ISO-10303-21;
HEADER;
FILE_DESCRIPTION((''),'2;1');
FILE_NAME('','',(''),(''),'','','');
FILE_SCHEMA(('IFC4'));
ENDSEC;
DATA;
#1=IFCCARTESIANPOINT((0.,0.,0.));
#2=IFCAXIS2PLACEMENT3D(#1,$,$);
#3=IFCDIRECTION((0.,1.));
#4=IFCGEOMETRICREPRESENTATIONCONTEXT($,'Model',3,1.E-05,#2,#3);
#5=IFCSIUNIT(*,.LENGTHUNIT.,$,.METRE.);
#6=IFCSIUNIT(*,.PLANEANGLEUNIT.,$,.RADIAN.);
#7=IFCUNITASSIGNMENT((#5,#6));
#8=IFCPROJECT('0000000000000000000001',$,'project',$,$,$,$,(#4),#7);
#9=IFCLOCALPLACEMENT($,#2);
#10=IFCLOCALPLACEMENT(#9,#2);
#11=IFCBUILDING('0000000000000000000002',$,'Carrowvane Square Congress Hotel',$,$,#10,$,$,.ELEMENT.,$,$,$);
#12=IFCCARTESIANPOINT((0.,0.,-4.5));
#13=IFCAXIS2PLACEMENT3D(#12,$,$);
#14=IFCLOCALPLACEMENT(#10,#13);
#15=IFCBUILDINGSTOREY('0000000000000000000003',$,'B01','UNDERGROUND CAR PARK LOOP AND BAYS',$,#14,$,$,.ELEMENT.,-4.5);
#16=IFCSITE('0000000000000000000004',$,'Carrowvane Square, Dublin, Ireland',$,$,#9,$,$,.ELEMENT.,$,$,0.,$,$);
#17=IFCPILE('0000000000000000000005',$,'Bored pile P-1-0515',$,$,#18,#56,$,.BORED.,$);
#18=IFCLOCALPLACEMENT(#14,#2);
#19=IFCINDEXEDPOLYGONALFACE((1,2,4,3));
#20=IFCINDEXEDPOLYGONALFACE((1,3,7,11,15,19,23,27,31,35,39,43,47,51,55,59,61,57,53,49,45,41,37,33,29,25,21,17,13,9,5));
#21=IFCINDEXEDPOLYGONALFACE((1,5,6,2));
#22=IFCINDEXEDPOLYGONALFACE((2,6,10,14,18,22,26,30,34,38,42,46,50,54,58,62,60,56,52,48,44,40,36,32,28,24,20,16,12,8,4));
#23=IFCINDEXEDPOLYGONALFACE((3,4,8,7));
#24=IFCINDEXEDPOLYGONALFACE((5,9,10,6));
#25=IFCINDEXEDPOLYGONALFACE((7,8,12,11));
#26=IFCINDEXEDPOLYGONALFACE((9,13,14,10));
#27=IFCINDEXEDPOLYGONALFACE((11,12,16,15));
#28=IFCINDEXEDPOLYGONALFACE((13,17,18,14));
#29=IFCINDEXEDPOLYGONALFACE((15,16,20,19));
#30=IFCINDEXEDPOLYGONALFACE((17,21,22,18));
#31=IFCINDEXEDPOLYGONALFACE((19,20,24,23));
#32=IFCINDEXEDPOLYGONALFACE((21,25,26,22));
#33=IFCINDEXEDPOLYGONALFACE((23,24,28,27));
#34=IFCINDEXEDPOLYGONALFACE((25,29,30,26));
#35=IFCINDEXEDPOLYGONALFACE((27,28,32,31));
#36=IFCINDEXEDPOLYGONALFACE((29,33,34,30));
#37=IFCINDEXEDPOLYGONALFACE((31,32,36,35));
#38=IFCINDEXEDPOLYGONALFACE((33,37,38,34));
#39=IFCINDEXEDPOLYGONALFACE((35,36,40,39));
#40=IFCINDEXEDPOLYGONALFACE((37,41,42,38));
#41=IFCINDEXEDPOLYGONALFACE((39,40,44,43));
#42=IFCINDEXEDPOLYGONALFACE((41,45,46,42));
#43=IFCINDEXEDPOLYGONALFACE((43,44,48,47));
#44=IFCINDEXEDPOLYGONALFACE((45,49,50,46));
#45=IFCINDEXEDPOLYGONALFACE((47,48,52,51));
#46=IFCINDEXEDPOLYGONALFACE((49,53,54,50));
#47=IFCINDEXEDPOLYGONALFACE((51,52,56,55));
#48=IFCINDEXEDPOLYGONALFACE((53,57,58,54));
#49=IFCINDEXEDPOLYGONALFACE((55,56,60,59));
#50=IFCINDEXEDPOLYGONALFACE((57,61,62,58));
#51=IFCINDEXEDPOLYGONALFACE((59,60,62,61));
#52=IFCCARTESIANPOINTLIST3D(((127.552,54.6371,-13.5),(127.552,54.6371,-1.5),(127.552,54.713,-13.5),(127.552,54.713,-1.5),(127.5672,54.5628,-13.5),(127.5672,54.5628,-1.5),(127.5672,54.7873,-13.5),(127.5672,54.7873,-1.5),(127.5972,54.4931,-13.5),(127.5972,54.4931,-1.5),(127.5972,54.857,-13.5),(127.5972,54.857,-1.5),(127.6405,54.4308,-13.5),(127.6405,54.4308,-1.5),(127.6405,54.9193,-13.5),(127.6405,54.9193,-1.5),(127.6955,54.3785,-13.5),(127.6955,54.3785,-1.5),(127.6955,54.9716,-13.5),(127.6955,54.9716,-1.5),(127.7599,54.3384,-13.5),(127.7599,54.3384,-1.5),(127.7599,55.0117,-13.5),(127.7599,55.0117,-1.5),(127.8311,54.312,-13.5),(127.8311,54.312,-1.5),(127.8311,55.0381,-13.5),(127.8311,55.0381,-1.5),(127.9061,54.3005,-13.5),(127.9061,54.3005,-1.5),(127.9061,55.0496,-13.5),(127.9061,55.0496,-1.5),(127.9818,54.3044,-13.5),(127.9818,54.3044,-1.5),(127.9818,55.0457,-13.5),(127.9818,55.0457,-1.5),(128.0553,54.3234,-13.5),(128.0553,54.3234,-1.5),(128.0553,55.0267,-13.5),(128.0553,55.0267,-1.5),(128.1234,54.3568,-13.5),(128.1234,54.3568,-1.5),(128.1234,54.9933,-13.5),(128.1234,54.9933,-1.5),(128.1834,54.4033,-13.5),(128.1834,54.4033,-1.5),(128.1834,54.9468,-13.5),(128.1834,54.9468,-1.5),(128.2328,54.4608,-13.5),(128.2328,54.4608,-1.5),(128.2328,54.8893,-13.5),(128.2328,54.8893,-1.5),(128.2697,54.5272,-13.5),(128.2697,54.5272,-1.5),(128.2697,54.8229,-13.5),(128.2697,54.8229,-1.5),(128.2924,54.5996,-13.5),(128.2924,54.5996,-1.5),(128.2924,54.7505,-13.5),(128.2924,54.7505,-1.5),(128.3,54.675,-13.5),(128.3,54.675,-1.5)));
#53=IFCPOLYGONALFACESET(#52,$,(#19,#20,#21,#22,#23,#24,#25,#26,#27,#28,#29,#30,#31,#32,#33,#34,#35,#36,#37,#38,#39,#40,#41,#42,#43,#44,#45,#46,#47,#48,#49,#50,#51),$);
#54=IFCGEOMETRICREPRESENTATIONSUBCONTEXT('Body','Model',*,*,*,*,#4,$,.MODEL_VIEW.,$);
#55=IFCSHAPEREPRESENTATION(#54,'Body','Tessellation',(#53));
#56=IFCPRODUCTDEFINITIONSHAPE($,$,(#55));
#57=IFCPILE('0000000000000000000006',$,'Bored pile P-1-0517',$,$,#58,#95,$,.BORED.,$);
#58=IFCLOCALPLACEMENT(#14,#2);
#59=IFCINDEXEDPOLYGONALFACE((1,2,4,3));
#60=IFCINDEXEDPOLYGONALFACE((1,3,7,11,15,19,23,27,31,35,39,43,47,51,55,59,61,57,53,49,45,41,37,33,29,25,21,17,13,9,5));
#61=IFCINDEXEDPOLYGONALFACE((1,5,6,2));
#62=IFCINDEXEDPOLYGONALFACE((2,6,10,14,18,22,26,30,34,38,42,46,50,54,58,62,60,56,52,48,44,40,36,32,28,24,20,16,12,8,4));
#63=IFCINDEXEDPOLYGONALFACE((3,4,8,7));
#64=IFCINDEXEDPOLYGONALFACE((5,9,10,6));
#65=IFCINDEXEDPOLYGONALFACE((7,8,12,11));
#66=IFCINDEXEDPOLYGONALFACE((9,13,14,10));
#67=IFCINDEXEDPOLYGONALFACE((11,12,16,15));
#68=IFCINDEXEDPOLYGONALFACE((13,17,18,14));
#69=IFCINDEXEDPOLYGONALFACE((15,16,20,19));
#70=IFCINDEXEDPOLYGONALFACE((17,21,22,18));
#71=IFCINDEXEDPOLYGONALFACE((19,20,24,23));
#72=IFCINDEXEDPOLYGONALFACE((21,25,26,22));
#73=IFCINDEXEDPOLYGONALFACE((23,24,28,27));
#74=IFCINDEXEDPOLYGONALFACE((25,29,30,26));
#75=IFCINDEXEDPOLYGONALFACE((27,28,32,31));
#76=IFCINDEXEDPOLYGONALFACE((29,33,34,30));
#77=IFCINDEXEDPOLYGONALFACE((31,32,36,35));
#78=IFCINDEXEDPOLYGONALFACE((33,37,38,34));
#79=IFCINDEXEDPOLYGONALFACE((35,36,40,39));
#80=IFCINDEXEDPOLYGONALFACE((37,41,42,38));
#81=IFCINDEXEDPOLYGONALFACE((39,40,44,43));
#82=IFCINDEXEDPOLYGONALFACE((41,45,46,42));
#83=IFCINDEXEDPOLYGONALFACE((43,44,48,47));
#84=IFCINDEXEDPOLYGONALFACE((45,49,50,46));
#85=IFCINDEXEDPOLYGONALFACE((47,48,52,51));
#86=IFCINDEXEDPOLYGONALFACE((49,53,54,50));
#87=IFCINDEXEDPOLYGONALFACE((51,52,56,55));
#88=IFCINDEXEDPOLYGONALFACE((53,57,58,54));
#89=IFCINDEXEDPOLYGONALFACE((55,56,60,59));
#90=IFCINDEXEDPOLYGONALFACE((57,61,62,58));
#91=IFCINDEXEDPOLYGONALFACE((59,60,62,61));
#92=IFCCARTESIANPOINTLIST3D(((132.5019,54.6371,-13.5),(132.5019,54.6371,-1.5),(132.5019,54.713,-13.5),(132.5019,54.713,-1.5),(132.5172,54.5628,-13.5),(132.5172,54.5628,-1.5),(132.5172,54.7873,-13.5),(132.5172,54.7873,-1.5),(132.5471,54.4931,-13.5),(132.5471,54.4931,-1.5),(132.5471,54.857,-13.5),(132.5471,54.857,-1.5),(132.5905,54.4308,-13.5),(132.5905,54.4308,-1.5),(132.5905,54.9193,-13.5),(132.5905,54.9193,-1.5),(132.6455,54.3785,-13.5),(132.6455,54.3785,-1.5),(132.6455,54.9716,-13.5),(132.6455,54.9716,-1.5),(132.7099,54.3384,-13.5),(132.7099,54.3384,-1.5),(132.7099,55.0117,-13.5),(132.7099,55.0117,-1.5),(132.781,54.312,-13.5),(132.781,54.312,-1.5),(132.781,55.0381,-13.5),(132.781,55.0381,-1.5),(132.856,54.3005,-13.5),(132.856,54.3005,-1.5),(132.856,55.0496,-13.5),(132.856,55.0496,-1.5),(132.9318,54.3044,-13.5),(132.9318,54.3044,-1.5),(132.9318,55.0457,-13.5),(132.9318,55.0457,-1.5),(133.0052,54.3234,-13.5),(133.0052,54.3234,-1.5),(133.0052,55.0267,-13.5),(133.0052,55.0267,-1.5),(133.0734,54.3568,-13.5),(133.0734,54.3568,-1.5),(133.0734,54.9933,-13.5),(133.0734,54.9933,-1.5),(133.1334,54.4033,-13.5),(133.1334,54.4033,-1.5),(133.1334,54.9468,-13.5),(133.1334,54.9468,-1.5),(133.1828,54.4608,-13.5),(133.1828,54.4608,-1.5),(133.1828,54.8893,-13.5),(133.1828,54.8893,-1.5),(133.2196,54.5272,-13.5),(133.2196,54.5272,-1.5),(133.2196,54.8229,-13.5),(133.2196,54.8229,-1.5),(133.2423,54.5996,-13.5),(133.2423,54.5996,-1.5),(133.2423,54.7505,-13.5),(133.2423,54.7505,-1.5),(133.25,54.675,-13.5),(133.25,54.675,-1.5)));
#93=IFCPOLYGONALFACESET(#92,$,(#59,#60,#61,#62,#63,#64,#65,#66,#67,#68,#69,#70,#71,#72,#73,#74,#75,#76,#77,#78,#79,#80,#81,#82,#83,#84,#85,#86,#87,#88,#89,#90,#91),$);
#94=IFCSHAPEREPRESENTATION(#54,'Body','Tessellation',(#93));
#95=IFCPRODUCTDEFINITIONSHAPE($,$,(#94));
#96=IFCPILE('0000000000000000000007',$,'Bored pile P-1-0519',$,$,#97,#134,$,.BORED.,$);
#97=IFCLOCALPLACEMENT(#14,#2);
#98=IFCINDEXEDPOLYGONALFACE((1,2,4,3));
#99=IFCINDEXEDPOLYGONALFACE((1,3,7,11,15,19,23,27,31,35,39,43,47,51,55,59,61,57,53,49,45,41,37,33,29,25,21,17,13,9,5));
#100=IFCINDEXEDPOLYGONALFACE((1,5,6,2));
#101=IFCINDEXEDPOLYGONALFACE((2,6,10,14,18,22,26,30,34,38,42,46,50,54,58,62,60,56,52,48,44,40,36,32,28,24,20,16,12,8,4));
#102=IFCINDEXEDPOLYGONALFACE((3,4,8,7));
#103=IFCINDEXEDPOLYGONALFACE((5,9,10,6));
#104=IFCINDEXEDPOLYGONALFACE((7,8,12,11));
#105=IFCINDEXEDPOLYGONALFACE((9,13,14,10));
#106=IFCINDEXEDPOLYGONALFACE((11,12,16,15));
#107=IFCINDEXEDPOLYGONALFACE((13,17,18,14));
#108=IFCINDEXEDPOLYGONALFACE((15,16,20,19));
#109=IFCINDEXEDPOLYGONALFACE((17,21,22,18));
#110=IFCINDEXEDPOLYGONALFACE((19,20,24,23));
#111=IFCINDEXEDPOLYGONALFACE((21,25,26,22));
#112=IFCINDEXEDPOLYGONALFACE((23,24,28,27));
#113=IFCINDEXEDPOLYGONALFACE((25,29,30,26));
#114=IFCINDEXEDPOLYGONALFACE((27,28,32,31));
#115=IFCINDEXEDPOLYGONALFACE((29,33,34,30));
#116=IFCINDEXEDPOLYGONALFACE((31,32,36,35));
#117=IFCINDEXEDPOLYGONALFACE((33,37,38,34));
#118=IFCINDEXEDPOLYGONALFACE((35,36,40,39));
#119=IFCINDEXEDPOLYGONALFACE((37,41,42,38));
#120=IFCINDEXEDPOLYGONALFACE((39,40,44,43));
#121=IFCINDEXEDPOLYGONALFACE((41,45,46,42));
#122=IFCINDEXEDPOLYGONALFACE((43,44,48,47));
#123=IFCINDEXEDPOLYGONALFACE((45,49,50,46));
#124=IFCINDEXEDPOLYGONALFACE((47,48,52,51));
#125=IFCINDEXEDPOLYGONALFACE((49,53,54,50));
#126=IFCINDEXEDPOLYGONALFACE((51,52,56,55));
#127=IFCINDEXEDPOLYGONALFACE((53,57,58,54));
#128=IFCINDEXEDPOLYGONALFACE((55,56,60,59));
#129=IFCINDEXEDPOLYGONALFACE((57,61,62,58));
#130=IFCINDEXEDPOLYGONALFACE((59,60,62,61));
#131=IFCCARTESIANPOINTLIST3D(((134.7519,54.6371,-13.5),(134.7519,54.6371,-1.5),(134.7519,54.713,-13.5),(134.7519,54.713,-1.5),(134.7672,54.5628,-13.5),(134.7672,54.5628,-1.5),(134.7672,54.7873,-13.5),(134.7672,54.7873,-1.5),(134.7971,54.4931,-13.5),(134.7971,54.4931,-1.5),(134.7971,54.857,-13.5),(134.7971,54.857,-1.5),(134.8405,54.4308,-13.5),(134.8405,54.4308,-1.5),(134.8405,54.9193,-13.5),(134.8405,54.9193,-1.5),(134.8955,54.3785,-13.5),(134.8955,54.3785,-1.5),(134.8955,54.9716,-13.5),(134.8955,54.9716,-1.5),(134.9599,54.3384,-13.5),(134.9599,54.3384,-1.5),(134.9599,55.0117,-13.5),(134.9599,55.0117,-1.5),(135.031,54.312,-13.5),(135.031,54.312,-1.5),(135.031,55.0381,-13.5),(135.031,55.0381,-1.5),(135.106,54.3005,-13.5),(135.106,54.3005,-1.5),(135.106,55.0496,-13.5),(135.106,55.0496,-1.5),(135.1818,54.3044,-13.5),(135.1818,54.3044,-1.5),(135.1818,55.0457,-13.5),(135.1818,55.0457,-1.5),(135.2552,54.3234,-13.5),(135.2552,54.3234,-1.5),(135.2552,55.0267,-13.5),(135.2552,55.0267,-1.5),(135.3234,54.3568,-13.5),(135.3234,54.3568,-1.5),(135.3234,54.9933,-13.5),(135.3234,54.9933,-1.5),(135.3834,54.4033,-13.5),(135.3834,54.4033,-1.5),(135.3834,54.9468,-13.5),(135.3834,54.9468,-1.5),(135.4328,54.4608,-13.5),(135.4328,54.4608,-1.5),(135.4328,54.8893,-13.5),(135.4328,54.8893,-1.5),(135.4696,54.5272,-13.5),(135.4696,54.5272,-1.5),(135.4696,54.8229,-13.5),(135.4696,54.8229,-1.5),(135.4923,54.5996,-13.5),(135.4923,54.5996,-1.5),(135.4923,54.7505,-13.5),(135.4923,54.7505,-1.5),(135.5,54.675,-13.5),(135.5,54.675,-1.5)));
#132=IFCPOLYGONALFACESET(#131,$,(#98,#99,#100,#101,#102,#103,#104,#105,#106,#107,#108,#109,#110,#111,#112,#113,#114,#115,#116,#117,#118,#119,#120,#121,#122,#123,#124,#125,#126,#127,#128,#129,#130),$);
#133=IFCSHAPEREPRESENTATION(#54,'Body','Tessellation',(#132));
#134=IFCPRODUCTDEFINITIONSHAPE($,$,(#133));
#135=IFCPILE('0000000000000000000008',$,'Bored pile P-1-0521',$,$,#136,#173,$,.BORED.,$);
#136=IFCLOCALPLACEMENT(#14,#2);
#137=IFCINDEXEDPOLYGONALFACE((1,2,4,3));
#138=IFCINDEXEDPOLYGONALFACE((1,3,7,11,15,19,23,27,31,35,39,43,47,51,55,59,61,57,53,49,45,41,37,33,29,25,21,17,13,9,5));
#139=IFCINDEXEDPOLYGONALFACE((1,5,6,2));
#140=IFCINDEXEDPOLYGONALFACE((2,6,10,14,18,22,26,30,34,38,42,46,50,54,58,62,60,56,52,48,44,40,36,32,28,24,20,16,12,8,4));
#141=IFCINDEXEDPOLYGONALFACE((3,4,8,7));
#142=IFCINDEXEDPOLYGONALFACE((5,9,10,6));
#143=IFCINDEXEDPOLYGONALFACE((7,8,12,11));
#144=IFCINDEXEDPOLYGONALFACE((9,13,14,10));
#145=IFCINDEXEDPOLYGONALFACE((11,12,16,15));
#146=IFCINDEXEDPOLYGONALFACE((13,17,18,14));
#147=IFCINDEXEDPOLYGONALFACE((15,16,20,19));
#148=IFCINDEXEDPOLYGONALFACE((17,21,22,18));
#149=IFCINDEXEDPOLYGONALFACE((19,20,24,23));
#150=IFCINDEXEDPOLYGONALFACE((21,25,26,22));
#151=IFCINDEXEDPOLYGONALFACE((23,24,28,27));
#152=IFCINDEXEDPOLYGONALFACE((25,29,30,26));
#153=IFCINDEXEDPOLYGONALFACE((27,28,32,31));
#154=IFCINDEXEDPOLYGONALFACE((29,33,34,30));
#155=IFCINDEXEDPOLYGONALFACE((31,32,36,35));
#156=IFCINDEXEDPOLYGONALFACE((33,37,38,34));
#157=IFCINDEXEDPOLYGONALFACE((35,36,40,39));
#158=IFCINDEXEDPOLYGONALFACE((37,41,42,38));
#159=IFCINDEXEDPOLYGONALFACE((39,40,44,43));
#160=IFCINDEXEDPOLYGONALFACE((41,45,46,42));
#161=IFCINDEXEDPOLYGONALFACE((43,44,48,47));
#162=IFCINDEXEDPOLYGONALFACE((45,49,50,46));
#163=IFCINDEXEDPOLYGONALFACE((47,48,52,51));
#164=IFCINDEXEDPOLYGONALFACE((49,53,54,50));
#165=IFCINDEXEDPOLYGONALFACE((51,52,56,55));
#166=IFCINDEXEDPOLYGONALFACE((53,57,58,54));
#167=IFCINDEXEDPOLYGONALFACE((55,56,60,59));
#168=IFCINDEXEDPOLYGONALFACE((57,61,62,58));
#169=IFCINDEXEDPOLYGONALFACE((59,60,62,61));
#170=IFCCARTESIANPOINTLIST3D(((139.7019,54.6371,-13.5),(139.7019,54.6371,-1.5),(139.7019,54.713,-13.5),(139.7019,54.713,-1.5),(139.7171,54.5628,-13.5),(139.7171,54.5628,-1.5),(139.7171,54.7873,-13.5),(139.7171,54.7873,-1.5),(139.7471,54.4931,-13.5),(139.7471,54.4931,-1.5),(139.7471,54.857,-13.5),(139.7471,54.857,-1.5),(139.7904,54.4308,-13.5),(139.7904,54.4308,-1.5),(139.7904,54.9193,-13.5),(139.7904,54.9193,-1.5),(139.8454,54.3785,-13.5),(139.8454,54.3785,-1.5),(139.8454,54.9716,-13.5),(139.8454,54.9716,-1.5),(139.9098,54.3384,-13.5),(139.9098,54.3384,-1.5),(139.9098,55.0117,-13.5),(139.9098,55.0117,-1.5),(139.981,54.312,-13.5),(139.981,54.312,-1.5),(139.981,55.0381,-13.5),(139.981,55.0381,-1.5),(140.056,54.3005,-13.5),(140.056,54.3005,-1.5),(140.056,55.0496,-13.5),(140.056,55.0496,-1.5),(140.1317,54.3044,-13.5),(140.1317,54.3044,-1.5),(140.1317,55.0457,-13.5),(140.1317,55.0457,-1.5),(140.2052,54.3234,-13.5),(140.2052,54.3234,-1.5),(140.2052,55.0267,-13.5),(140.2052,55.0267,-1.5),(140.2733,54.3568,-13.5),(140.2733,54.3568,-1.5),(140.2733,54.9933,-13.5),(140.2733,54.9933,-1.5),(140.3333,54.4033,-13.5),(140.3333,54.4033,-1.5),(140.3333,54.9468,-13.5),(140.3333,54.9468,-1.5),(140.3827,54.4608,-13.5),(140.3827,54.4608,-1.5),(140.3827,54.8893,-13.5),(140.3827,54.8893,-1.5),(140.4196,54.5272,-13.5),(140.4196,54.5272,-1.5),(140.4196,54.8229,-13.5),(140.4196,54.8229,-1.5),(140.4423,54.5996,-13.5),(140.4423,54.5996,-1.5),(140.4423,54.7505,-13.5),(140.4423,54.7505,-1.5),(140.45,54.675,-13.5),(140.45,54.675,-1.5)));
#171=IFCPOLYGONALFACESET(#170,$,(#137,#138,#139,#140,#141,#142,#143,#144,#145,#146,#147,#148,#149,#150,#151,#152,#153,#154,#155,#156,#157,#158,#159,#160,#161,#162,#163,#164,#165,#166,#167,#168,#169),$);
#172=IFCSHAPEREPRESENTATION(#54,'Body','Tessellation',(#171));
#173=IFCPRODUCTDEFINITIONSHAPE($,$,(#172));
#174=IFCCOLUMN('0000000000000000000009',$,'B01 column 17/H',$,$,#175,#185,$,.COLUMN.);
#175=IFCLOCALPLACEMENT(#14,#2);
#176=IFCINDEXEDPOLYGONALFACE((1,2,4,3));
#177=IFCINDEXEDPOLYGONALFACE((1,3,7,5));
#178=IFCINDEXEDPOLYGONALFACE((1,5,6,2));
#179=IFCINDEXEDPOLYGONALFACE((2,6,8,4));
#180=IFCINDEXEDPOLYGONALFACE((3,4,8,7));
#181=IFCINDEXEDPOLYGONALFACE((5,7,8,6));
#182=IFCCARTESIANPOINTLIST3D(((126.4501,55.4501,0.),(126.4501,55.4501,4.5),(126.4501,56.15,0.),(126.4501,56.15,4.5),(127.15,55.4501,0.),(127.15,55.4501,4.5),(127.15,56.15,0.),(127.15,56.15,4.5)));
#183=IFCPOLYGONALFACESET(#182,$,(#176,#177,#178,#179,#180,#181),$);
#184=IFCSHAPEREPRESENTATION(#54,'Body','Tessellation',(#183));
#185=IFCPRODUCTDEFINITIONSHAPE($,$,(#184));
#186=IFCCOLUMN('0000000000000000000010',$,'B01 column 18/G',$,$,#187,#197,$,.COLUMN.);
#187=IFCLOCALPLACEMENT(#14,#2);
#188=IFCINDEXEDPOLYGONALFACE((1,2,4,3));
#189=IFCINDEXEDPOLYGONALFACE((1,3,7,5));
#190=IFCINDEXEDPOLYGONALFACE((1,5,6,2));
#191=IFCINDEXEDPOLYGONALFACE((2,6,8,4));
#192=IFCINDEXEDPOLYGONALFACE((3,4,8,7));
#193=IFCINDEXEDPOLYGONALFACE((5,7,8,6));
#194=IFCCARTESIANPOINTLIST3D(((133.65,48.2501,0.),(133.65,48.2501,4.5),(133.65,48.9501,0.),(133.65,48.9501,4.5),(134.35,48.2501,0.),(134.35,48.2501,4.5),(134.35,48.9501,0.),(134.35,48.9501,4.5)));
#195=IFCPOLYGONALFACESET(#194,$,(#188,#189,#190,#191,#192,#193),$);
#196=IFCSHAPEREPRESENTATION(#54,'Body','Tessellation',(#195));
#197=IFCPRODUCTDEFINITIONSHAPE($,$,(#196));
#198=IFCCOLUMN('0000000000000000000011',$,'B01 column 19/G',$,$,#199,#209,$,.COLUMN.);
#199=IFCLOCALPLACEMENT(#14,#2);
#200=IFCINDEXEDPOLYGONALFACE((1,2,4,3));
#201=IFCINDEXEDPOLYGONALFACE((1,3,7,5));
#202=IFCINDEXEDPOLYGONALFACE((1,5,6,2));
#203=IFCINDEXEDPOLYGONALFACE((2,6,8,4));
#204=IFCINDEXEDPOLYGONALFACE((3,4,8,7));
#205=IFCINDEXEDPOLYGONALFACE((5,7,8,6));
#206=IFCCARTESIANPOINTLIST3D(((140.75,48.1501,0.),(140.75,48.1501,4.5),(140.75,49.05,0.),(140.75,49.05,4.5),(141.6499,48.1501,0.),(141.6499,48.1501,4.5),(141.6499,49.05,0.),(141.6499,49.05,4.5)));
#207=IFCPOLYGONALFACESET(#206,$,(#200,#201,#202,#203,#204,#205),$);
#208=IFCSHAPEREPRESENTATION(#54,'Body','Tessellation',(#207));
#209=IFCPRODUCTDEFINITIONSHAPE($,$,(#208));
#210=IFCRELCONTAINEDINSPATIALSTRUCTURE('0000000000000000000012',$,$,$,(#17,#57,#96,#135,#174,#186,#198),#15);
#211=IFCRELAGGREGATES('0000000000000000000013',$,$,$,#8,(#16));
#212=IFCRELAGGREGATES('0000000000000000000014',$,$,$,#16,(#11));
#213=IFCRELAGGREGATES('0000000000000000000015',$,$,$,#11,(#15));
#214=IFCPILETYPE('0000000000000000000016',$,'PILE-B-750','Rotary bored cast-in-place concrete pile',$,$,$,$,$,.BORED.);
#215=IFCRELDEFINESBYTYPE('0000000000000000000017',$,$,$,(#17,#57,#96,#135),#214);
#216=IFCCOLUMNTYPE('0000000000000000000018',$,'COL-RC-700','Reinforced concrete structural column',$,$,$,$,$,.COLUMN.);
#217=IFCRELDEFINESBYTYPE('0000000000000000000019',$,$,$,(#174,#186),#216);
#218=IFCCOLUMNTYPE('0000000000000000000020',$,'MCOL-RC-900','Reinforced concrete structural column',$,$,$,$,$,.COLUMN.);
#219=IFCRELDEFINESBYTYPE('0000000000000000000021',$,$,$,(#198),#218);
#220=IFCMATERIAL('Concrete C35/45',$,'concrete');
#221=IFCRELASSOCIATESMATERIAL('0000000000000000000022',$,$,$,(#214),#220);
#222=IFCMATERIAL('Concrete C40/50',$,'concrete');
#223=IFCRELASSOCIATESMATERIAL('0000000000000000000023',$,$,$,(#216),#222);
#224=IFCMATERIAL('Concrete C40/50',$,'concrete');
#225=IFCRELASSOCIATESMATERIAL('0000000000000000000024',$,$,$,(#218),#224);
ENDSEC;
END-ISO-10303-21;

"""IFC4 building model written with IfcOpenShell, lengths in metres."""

from ifc_helpers import new_model, si_unit, direction, frame, origin, origin_2d, place, context, subcontext, project, spatial, rectangle, circle, extrude, material, material_profile, profile_set, type_object, element, save


model = new_model("IFC4")

# Units and contexts
model_context = context("Model", 3, precision=1e-05, world=origin(), true_north=direction((0.0, 1.0)))
body_context = subcontext(model_context, "Body", "Model", "MODEL_VIEW")
ifc_project = project(units=[si_unit("LENGTHUNIT", "METRE"), si_unit("PLANEANGLEUNIT", "RADIAN")], contexts=[model_context])

# Site, building, storey
site_placement = place(None, origin())
site = spatial("IfcSite", under=ifc_project, at=site_placement, Name="Carrowvane Square, Dublin, Ireland", CompositionType="ELEMENT", RefElevation=0.0)
building_placement = place(site_placement, origin())
building = spatial("IfcBuilding", under=site, at=building_placement, Name="Carrowvane Square Congress Hotel", CompositionType="ELEMENT")
storey_placement = place(building_placement, frame((0.0, 0.0, -4.5)))
storey = spatial("IfcBuildingStorey", under=building, at=storey_placement, Name="B01", Description="UNDERGROUND CAR PARK LOOP AND BAYS", CompositionType="ELEMENT", Elevation=-4.5)

# Piles
ifc_material_1 = material(Name="Concrete C35/45", Category="concrete")
ifc_material_profile_1 = material_profile(ifc_material_1, circle(Radius=0.375, at=origin_2d()), Name="PILE D750")
ifc_profile_set_1 = profile_set([ifc_material_profile_1], Name="Concrete C35/45")
pile_type_1 = type_object("IfcPileType", Name="PILE-B-750", Description="Rotary bored cast-in-place concrete pile", PredefinedType="BORED", material=ifc_profile_set_1)
for number, where, z_axis, x_axis, name in (
    (1, (127.925, 54.675, -1.5), (0.0, 0.0, -1.0), (1.0, 0.0, 0.0), "Bored pile P-1-0515"),
    (2, (132.875, 54.675, -1.5), (0.0, 0.0, -1.0), (1.0, 0.0, 0.0), "Bored pile P-1-0517"),
    (3, (135.125, 54.675, -1.5), (0.0, 0.0, -1.0), (1.0, 0.0, 0.0), "Bored pile P-1-0519"),
    (4, (140.075, 54.675, -1.5), (0.0, 0.0, -1.0), (1.0, 0.0, 0.0), "Bored pile P-1-0521"),
):
    element("IfcPile", number, at=place(storey_placement, frame(where, z_axis=z_axis, x_axis=x_axis)), inside=storey, type_object=pile_type_1, Name=name, PredefinedType="BORED", context=body_context, shape_type="SweptSolid", body=[
        extrude(circle(Radius=0.375, at=origin_2d()), origin(), (0.0, 0.0, 1.0), 12.0),
    ])

# Columns
ifc_material_2 = material(Name="Concrete C40/50", Category="concrete")
ifc_material_profile_2 = material_profile(ifc_material_2, rectangle(XDim=0.7, YDim=0.7, at=origin_2d()), Name="RC 700x700")
ifc_profile_set_2 = profile_set([ifc_material_profile_2], Name="Concrete C40/50")
column_type_1 = type_object("IfcColumnType", Name="COL-RC-700", Description="Reinforced concrete structural column", PredefinedType="COLUMN", material=ifc_profile_set_2)
for number, where, z_axis, x_axis, name in (
    (5, (126.8, 55.8, 0.0), (0.0, 0.0, 1.0), (1.0, 0.0, 0.0), "B01 column 17/H"),
    (6, (134.0, 48.6001, 0.0), (0.0, 0.0, 1.0), (1.0, 0.0, 0.0), "B01 column 18/G"),
):
    element("IfcColumn", number, at=place(storey_placement, frame(where, z_axis=z_axis, x_axis=x_axis)), inside=storey, type_object=column_type_1, Name=name, PredefinedType="COLUMN", context=body_context, shape_type="SweptSolid", body=[
        extrude(rectangle(XDim=0.7, YDim=0.7, at=origin_2d()), origin(), (0.0, 0.0, 1.0), 4.5),
    ])
ifc_material_3 = material(Name="Concrete C40/50", Category="concrete")
ifc_material_profile_3 = material_profile(ifc_material_3, rectangle(XDim=0.8999, YDim=0.8999, at=origin_2d()), Name="RC 900x900")
ifc_profile_set_3 = profile_set([ifc_material_profile_3], Name="Concrete C40/50")
column_type_2 = type_object("IfcColumnType", Name="MCOL-RC-900", Description="Reinforced concrete structural column", PredefinedType="COLUMN", material=ifc_profile_set_3)
column_placement = place(storey_placement, frame((141.2, 48.6001, 0.0), z_axis=(0.0, 0.0, 1.0), x_axis=(1.0, 0.0, 0.0)))
element("IfcColumn", 7, at=column_placement, inside=storey, type_object=column_type_2, Name="B01 column 19/G", PredefinedType="COLUMN", context=body_context, shape_type="SweptSolid", body=[
    extrude(rectangle(XDim=0.8999, YDim=0.8999, at=origin_2d()), origin(), (0.0, 0.0, 1.0), 4.5),
])

save(model, "model.ifc")
